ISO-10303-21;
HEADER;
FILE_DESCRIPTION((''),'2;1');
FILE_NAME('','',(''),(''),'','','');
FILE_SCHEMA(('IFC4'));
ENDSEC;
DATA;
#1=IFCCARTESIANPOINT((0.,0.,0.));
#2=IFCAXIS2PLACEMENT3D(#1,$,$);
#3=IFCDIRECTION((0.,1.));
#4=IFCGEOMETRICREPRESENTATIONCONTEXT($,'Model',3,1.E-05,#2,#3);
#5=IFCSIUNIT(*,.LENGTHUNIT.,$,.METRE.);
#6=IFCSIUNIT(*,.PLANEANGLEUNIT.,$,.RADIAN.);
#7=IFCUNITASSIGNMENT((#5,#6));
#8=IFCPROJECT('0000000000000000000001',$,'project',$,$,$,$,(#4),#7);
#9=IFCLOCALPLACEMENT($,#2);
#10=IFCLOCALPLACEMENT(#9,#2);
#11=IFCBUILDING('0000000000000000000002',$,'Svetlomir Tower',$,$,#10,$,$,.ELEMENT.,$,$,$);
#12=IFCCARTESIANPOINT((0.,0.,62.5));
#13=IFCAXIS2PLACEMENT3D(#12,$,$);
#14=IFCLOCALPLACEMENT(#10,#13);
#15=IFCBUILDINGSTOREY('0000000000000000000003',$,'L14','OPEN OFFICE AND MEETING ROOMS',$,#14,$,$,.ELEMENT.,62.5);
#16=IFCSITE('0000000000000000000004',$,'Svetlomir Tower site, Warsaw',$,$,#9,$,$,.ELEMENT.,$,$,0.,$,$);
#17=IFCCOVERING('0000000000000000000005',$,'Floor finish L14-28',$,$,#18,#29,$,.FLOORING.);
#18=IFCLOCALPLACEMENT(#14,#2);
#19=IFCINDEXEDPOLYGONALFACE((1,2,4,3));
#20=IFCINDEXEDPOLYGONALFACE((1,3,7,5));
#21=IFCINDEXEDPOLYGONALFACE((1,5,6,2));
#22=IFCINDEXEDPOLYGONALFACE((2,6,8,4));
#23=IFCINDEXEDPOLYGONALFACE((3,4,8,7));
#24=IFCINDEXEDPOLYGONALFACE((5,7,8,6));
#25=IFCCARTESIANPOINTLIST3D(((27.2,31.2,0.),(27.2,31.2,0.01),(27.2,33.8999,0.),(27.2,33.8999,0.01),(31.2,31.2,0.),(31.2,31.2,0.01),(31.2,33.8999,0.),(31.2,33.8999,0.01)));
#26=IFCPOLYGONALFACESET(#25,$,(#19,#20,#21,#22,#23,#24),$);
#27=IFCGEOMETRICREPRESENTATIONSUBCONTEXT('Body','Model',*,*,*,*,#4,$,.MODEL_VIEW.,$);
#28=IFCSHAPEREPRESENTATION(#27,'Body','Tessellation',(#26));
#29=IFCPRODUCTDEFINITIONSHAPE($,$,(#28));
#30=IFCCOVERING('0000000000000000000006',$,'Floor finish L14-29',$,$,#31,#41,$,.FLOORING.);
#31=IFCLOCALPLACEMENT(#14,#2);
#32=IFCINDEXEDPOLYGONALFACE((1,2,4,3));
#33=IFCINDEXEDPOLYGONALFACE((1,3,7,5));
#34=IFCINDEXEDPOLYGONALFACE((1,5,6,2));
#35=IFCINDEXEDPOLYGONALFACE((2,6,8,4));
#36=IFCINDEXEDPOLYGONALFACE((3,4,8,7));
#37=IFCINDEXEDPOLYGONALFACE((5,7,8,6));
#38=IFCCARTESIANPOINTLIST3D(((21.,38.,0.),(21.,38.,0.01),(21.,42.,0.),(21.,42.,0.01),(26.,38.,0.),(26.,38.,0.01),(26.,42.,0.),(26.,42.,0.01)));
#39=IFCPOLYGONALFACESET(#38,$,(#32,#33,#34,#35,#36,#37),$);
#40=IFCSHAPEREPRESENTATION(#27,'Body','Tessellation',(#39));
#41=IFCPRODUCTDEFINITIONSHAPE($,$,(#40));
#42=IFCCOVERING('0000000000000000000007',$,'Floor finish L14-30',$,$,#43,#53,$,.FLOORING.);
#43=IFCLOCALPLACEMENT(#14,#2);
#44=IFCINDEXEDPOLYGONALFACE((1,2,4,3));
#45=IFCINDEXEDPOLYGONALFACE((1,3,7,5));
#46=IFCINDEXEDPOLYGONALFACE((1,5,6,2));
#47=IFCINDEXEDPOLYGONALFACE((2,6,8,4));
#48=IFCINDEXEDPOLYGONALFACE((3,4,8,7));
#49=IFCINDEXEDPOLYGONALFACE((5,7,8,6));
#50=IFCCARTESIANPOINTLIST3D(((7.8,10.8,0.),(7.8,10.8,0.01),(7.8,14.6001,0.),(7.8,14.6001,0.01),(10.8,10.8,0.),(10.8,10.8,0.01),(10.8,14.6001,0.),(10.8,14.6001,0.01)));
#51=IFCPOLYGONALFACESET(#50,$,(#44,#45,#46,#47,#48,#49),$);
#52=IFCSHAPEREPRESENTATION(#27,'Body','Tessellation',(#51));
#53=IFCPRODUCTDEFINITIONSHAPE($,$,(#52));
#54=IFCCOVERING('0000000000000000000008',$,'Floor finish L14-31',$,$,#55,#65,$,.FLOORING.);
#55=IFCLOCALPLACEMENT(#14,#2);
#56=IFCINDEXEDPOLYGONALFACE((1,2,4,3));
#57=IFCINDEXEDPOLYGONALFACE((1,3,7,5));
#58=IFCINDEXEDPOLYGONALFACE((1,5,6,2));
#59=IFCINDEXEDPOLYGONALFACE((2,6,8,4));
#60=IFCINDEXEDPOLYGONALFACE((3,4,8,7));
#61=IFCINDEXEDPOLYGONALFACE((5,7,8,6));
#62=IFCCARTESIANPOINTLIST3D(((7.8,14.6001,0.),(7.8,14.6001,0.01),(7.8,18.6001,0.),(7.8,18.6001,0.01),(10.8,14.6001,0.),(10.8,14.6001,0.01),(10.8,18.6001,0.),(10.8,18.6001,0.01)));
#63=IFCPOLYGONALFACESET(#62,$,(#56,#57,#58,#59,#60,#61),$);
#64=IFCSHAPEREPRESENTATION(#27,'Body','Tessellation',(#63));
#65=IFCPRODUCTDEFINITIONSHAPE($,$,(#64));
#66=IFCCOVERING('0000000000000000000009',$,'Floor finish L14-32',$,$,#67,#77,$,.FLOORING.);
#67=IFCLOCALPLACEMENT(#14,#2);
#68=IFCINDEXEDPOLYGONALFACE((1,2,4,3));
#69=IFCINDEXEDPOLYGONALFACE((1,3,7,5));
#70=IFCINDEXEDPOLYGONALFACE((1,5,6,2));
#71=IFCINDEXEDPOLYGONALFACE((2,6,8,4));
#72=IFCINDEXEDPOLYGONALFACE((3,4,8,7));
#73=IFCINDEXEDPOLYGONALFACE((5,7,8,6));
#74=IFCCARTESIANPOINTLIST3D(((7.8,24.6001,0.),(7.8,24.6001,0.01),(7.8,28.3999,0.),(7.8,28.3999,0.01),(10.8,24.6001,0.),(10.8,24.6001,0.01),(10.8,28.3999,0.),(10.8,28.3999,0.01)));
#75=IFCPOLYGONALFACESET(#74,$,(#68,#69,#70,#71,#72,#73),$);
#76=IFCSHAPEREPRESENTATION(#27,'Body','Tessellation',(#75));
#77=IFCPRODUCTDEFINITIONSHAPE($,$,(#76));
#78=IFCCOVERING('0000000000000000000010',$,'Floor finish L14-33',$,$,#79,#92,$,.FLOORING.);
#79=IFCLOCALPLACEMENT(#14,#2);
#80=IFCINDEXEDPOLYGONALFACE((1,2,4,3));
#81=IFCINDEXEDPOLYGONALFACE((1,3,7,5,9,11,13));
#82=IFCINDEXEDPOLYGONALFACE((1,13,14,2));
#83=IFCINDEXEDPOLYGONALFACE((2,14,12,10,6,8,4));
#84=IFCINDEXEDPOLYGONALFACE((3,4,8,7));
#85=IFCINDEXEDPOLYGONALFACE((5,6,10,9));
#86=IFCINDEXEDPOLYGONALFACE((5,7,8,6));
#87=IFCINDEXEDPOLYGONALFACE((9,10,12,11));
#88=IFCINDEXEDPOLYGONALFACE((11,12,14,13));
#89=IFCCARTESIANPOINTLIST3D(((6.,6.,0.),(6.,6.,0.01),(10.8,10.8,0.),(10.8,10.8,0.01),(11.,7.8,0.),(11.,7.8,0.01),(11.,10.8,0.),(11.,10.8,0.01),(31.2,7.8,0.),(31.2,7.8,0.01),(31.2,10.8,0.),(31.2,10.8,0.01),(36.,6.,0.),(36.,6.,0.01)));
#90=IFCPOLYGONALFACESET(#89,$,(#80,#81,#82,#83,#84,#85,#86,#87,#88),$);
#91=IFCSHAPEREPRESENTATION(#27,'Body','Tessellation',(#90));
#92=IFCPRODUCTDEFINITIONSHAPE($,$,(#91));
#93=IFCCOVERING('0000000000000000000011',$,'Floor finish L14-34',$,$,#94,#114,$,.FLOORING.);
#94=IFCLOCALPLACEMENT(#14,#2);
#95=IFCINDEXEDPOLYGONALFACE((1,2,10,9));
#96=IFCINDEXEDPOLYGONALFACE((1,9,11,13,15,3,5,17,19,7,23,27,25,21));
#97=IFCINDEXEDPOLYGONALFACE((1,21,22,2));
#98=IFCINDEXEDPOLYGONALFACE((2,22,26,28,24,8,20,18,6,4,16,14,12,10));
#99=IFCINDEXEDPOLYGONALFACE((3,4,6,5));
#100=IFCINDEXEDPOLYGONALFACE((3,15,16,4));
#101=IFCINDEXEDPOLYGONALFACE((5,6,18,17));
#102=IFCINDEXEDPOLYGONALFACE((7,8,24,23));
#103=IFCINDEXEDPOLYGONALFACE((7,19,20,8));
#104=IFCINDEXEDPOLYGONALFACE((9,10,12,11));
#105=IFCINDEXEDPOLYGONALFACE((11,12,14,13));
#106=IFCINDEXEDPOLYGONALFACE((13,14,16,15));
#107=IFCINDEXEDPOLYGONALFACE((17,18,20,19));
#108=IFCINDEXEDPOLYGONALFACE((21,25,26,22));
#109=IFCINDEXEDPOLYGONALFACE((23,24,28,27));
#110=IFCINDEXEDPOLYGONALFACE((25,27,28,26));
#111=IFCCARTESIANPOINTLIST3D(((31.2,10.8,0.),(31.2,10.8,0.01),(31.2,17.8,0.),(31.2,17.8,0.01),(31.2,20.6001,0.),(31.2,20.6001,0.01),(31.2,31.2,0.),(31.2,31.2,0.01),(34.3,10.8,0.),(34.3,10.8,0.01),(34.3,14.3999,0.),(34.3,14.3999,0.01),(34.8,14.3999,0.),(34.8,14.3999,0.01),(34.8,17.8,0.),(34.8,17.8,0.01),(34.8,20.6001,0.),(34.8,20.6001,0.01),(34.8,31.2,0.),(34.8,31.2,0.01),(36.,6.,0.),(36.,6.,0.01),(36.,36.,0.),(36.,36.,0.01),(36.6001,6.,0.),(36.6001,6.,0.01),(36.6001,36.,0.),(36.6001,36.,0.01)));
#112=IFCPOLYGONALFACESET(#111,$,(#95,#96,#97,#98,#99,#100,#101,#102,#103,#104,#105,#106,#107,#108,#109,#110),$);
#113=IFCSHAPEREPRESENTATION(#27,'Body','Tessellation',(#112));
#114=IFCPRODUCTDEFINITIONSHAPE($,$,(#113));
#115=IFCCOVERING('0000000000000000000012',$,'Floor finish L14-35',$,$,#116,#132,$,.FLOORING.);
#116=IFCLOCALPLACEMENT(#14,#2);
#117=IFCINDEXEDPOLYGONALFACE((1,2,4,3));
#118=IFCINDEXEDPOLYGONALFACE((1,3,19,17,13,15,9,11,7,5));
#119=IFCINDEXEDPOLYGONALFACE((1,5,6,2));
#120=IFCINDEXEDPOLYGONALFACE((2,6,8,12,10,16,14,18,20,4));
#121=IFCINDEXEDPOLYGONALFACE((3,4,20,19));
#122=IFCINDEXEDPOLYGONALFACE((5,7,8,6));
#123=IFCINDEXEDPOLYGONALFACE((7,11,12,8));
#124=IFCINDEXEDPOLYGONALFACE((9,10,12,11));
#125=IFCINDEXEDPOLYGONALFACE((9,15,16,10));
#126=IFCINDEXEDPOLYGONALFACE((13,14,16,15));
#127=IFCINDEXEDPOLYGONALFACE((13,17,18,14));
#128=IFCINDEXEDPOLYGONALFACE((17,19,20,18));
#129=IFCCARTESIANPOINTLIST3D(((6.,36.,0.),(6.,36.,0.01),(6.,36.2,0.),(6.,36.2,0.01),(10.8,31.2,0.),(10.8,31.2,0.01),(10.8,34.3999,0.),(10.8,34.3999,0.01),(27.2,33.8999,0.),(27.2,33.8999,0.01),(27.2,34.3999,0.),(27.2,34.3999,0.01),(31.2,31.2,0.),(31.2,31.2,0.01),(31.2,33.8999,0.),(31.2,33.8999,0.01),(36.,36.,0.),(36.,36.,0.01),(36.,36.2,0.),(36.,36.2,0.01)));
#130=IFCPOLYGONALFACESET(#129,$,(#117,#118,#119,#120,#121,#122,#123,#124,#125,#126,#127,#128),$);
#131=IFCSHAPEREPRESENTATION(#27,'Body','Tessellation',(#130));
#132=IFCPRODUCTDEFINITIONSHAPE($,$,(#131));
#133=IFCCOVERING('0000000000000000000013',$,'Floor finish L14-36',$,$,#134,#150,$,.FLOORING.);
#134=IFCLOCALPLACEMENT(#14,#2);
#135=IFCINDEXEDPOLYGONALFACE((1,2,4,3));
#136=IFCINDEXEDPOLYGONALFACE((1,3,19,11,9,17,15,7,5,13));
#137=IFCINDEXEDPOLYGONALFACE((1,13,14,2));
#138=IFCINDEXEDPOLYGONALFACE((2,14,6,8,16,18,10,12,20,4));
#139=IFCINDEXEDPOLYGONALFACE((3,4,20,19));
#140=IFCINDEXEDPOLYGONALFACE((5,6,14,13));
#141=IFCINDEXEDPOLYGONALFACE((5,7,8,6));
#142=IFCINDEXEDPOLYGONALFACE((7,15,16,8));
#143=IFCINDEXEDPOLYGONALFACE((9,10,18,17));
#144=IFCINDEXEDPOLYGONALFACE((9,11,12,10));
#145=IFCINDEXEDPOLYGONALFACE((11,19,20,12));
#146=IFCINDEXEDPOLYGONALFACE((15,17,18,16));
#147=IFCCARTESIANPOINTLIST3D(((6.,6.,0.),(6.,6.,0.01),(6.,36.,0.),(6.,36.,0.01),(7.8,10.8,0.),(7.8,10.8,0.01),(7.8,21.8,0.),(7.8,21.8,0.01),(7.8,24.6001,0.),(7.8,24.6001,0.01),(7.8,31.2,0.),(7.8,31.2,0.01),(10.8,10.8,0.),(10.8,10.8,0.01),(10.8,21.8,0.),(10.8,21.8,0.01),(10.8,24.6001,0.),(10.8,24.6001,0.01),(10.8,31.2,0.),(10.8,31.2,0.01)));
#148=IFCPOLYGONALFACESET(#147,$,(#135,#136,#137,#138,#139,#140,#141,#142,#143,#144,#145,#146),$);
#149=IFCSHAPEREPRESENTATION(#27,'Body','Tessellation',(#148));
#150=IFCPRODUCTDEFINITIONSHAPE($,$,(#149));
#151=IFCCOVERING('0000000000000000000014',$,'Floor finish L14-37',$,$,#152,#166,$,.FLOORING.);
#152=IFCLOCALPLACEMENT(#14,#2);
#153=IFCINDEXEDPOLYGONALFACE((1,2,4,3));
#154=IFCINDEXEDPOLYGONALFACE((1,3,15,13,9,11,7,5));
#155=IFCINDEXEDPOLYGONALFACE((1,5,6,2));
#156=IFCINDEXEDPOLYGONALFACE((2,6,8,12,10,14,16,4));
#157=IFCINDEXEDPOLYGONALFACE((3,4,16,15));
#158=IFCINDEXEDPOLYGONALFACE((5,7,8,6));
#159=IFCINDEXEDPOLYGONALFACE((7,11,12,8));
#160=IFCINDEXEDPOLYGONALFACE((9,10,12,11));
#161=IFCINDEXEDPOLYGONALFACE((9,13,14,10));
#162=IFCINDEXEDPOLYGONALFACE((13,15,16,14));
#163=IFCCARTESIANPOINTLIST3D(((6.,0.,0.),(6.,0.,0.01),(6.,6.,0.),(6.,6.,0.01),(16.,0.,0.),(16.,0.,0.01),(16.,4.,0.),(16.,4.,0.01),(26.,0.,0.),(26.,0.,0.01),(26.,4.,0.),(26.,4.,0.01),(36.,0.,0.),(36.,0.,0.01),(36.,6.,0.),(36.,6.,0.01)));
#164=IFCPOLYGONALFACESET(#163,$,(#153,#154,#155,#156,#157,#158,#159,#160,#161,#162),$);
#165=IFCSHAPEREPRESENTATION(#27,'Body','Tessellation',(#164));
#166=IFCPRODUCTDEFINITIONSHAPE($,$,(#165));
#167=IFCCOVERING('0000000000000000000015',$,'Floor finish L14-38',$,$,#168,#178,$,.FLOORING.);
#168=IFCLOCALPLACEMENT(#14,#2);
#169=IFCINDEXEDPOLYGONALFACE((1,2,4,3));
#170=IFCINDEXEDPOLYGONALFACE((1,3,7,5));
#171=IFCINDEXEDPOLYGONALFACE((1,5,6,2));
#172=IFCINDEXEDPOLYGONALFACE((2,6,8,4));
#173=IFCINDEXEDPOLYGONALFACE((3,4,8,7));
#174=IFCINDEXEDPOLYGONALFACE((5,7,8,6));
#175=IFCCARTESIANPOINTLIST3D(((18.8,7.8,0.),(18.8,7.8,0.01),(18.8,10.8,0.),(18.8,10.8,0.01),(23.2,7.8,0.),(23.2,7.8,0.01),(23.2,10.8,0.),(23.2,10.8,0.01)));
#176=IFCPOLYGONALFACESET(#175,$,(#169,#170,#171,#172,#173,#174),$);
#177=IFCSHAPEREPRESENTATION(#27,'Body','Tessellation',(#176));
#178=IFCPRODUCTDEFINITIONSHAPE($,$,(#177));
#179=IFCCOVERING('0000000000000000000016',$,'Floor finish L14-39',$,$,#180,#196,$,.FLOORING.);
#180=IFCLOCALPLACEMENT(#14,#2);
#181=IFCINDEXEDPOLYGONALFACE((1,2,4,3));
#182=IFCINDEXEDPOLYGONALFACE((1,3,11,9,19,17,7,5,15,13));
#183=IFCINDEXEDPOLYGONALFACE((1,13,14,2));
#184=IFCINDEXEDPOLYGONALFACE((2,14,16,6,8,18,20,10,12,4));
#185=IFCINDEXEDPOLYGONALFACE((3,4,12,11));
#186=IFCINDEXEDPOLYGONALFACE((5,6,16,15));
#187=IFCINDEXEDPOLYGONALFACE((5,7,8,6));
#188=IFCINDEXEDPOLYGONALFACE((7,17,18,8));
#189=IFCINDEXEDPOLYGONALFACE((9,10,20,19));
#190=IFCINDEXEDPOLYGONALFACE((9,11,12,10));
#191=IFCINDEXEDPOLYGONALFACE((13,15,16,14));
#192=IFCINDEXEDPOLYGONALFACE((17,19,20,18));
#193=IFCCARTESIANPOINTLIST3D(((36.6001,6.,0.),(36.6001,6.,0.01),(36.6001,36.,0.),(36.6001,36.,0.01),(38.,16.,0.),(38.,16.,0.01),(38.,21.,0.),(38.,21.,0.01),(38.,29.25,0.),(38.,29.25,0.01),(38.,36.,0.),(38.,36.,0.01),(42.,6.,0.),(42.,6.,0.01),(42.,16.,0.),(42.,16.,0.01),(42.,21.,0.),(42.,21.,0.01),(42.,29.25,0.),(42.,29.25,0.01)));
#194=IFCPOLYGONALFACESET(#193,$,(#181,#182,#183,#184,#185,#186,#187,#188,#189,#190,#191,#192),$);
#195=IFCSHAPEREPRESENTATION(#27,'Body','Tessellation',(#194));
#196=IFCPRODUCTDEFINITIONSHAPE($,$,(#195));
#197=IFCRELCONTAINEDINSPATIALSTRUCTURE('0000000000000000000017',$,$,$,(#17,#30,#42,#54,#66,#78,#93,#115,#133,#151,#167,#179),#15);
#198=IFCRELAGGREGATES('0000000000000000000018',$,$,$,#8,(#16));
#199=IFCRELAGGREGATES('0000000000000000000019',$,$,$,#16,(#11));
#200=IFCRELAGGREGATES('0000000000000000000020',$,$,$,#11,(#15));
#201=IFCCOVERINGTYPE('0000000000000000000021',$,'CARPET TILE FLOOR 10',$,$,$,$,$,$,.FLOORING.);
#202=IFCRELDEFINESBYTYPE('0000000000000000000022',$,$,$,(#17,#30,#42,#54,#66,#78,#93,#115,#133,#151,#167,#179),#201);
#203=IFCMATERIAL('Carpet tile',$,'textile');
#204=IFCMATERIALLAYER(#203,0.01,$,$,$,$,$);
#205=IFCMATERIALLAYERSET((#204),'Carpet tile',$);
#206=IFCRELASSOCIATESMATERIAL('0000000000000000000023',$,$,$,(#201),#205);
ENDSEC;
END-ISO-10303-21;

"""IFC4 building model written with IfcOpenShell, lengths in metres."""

from ifc_helpers import new_model, si_unit, direction, frame, origin, place, context, subcontext, project, spatial, polyline, outline, extrude, material, layer, layer_set, type_object, element, save


model = new_model("IFC4")

# Units and contexts
model_context = context("Model", 3, precision=1e-05, world=origin(), true_north=direction((0.0, 1.0)))
body_context = subcontext(model_context, "Body", "Model", "MODEL_VIEW")
ifc_project = project(units=[si_unit("LENGTHUNIT", "METRE"), si_unit("PLANEANGLEUNIT", "RADIAN")], contexts=[model_context])

# Site, building, storey
site_placement = place(None, origin())
site = spatial("IfcSite", under=ifc_project, at=site_placement, Name="Svetlomir Tower site, Warsaw", CompositionType="ELEMENT", RefElevation=0.0)
building_placement = place(site_placement, origin())
building = spatial("IfcBuilding", under=site, at=building_placement, Name="Svetlomir Tower", CompositionType="ELEMENT")
storey_placement = place(building_placement, frame((0.0, 0.0, 62.5)))
storey = spatial("IfcBuildingStorey", under=building, at=storey_placement, Name="L14", Description="OPEN OFFICE AND MEETING ROOMS", CompositionType="ELEMENT", Elevation=62.5)

# Coverings
ifc_material_1 = material(Name="Carpet tile", Category="textile")
ifc_layer_1 = layer(ifc_material_1, 0.01)
ifc_layer_set_1 = layer_set([ifc_layer_1], Name="Carpet tile")
covering_type_1 = type_object("IfcCoveringType", Name="CARPET TILE FLOOR 10", PredefinedType="FLOORING", material=ifc_layer_set_1)
covering_1_placement = place(storey_placement, origin())
element("IfcCovering", 1, at=covering_1_placement, inside=storey, type_object=covering_type_1, Name="Floor finish L14-28", PredefinedType="FLOORING", context=body_context, shape_type="SweptSolid", body=[
    extrude(outline(polyline([(27.2, 31.2), (31.2, 31.2), (31.2, 33.8999), (27.2, 33.8999), (27.2, 31.2)])), origin(), (0.0, 0.0, 1.0), 0.01),
])
covering_2_placement = place(storey_placement, origin())
element("IfcCovering", 2, at=covering_2_placement, inside=storey, type_object=covering_type_1, Name="Floor finish L14-29", PredefinedType="FLOORING", context=body_context, shape_type="SweptSolid", body=[
    extrude(outline(polyline([(21.0, 38.0), (26.0, 38.0), (26.0, 42.0), (21.0, 42.0), (21.0, 38.0)])), origin(), (0.0, 0.0, 1.0), 0.01),
])
covering_3_placement = place(storey_placement, origin())
element("IfcCovering", 3, at=covering_3_placement, inside=storey, type_object=covering_type_1, Name="Floor finish L14-30", PredefinedType="FLOORING", context=body_context, shape_type="SweptSolid", body=[
    extrude(outline(polyline([(7.8, 10.8), (10.8, 10.8), (10.8, 14.6001), (7.8, 14.6001), (7.8, 10.8)])), origin(), (0.0, 0.0, 1.0), 0.01),
])
covering_4_placement = place(storey_placement, origin())
element("IfcCovering", 4, at=covering_4_placement, inside=storey, type_object=covering_type_1, Name="Floor finish L14-31", PredefinedType="FLOORING", context=body_context, shape_type="SweptSolid", body=[
    extrude(outline(polyline([(7.8, 14.6001), (10.8, 14.6001), (10.8, 18.6001), (7.8, 18.6001), (7.8, 14.6001)])), origin(), (0.0, 0.0, 1.0), 0.01),
])
covering_5_placement = place(storey_placement, origin())
element("IfcCovering", 5, at=covering_5_placement, inside=storey, type_object=covering_type_1, Name="Floor finish L14-32", PredefinedType="FLOORING", context=body_context, shape_type="SweptSolid", body=[
    extrude(outline(polyline([(7.8, 24.6001), (10.8, 24.6001), (10.8, 28.3999), (7.8, 28.3999), (7.8, 24.6001)])), origin(), (0.0, 0.0, 1.0), 0.01),
])
covering_6_placement = place(storey_placement, origin())
element("IfcCovering", 6, at=covering_6_placement, inside=storey, type_object=covering_type_1, Name="Floor finish L14-33", PredefinedType="FLOORING", context=body_context, shape_type="SweptSolid", body=[
    extrude(outline(polyline([(36.0, 6.0), (6.0, 6.0), (10.8, 10.8), (11.0, 10.8), (11.0, 7.8), (31.2, 7.8), (31.2, 10.8), (36.0, 6.0)])), origin(), (0.0, 0.0, 1.0), 0.01),
])
covering_7_placement = place(storey_placement, origin())
element("IfcCovering", 7, at=covering_7_placement, inside=storey, type_object=covering_type_1, Name="Floor finish L14-34", PredefinedType="FLOORING", context=body_context, shape_type="SweptSolid", body=[
    extrude(outline(polyline([(31.2, 20.6001), (34.8, 20.6001), (34.8, 31.2), (31.2, 31.2), (36.0, 36.0), (36.6001, 36.0), (36.6001, 6.0), (36.0, 6.0), (31.2, 10.8), (34.3, 10.8), (34.3, 14.3999), (34.8, 14.3999), (34.8, 17.8), (31.2, 17.8), (31.2, 20.6001)])), origin(), (0.0, 0.0, 1.0), 0.01),
])
covering_8_placement = place(storey_placement, origin())
element("IfcCovering", 8, at=covering_8_placement, inside=storey, type_object=covering_type_1, Name="Floor finish L14-35", PredefinedType="FLOORING", context=body_context, shape_type="SweptSolid", body=[
    extrude(outline(polyline([(6.0, 36.2), (36.0, 36.2), (36.0, 36.0), (31.2, 31.2), (31.2, 33.8999), (27.2, 33.8999), (27.2, 34.3999), (10.8, 34.3999), (10.8, 31.2), (6.0, 36.0), (6.0, 36.2)])), origin(), (0.0, 0.0, 1.0), 0.01),
])
covering_9_placement = place(storey_placement, origin())
element("IfcCovering", 9, at=covering_9_placement, inside=storey, type_object=covering_type_1, Name="Floor finish L14-36", PredefinedType="FLOORING", context=body_context, shape_type="SweptSolid", body=[
    extrude(outline(polyline([(6.0, 36.0), (10.8, 31.2), (7.8, 31.2), (7.8, 24.6001), (10.8, 24.6001), (10.8, 21.8), (7.8, 21.8), (7.8, 10.8), (10.8, 10.8), (6.0, 6.0), (6.0, 36.0)])), origin(), (0.0, 0.0, 1.0), 0.01),
])
covering_10_placement = place(storey_placement, origin())
element("IfcCovering", 10, at=covering_10_placement, inside=storey, type_object=covering_type_1, Name="Floor finish L14-37", PredefinedType="FLOORING", context=body_context, shape_type="SweptSolid", body=[
    extrude(outline(polyline([(36.0, 6.0), (36.0, 0.0), (26.0, 0.0), (26.0, 4.0), (16.0, 4.0), (16.0, 0.0), (6.0, 0.0), (6.0, 6.0), (36.0, 6.0)])), origin(), (0.0, 0.0, 1.0), 0.01),
])
covering_11_placement = place(storey_placement, origin())
element("IfcCovering", 11, at=covering_11_placement, inside=storey, type_object=covering_type_1, Name="Floor finish L14-38", PredefinedType="FLOORING", context=body_context, shape_type="SweptSolid", body=[
    extrude(outline(polyline([(23.2, 10.8), (23.2, 7.8), (18.8, 7.8), (18.8, 10.8), (23.2, 10.8)])), origin(), (0.0, 0.0, 1.0), 0.01),
])
covering_12_placement = place(storey_placement, origin())
element("IfcCovering", 12, at=covering_12_placement, inside=storey, type_object=covering_type_1, Name="Floor finish L14-39", PredefinedType="FLOORING", context=body_context, shape_type="SweptSolid", body=[
    extrude(outline(polyline([(38.0, 29.25), (42.0, 29.25), (42.0, 21.0), (38.0, 21.0), (38.0, 16.0), (42.0, 16.0), (42.0, 6.0), (36.6001, 6.0), (36.6001, 36.0), (38.0, 36.0), (38.0, 29.25)])), origin(), (0.0, 0.0, 1.0), 0.01),
])

save(model, "model.ifc")
